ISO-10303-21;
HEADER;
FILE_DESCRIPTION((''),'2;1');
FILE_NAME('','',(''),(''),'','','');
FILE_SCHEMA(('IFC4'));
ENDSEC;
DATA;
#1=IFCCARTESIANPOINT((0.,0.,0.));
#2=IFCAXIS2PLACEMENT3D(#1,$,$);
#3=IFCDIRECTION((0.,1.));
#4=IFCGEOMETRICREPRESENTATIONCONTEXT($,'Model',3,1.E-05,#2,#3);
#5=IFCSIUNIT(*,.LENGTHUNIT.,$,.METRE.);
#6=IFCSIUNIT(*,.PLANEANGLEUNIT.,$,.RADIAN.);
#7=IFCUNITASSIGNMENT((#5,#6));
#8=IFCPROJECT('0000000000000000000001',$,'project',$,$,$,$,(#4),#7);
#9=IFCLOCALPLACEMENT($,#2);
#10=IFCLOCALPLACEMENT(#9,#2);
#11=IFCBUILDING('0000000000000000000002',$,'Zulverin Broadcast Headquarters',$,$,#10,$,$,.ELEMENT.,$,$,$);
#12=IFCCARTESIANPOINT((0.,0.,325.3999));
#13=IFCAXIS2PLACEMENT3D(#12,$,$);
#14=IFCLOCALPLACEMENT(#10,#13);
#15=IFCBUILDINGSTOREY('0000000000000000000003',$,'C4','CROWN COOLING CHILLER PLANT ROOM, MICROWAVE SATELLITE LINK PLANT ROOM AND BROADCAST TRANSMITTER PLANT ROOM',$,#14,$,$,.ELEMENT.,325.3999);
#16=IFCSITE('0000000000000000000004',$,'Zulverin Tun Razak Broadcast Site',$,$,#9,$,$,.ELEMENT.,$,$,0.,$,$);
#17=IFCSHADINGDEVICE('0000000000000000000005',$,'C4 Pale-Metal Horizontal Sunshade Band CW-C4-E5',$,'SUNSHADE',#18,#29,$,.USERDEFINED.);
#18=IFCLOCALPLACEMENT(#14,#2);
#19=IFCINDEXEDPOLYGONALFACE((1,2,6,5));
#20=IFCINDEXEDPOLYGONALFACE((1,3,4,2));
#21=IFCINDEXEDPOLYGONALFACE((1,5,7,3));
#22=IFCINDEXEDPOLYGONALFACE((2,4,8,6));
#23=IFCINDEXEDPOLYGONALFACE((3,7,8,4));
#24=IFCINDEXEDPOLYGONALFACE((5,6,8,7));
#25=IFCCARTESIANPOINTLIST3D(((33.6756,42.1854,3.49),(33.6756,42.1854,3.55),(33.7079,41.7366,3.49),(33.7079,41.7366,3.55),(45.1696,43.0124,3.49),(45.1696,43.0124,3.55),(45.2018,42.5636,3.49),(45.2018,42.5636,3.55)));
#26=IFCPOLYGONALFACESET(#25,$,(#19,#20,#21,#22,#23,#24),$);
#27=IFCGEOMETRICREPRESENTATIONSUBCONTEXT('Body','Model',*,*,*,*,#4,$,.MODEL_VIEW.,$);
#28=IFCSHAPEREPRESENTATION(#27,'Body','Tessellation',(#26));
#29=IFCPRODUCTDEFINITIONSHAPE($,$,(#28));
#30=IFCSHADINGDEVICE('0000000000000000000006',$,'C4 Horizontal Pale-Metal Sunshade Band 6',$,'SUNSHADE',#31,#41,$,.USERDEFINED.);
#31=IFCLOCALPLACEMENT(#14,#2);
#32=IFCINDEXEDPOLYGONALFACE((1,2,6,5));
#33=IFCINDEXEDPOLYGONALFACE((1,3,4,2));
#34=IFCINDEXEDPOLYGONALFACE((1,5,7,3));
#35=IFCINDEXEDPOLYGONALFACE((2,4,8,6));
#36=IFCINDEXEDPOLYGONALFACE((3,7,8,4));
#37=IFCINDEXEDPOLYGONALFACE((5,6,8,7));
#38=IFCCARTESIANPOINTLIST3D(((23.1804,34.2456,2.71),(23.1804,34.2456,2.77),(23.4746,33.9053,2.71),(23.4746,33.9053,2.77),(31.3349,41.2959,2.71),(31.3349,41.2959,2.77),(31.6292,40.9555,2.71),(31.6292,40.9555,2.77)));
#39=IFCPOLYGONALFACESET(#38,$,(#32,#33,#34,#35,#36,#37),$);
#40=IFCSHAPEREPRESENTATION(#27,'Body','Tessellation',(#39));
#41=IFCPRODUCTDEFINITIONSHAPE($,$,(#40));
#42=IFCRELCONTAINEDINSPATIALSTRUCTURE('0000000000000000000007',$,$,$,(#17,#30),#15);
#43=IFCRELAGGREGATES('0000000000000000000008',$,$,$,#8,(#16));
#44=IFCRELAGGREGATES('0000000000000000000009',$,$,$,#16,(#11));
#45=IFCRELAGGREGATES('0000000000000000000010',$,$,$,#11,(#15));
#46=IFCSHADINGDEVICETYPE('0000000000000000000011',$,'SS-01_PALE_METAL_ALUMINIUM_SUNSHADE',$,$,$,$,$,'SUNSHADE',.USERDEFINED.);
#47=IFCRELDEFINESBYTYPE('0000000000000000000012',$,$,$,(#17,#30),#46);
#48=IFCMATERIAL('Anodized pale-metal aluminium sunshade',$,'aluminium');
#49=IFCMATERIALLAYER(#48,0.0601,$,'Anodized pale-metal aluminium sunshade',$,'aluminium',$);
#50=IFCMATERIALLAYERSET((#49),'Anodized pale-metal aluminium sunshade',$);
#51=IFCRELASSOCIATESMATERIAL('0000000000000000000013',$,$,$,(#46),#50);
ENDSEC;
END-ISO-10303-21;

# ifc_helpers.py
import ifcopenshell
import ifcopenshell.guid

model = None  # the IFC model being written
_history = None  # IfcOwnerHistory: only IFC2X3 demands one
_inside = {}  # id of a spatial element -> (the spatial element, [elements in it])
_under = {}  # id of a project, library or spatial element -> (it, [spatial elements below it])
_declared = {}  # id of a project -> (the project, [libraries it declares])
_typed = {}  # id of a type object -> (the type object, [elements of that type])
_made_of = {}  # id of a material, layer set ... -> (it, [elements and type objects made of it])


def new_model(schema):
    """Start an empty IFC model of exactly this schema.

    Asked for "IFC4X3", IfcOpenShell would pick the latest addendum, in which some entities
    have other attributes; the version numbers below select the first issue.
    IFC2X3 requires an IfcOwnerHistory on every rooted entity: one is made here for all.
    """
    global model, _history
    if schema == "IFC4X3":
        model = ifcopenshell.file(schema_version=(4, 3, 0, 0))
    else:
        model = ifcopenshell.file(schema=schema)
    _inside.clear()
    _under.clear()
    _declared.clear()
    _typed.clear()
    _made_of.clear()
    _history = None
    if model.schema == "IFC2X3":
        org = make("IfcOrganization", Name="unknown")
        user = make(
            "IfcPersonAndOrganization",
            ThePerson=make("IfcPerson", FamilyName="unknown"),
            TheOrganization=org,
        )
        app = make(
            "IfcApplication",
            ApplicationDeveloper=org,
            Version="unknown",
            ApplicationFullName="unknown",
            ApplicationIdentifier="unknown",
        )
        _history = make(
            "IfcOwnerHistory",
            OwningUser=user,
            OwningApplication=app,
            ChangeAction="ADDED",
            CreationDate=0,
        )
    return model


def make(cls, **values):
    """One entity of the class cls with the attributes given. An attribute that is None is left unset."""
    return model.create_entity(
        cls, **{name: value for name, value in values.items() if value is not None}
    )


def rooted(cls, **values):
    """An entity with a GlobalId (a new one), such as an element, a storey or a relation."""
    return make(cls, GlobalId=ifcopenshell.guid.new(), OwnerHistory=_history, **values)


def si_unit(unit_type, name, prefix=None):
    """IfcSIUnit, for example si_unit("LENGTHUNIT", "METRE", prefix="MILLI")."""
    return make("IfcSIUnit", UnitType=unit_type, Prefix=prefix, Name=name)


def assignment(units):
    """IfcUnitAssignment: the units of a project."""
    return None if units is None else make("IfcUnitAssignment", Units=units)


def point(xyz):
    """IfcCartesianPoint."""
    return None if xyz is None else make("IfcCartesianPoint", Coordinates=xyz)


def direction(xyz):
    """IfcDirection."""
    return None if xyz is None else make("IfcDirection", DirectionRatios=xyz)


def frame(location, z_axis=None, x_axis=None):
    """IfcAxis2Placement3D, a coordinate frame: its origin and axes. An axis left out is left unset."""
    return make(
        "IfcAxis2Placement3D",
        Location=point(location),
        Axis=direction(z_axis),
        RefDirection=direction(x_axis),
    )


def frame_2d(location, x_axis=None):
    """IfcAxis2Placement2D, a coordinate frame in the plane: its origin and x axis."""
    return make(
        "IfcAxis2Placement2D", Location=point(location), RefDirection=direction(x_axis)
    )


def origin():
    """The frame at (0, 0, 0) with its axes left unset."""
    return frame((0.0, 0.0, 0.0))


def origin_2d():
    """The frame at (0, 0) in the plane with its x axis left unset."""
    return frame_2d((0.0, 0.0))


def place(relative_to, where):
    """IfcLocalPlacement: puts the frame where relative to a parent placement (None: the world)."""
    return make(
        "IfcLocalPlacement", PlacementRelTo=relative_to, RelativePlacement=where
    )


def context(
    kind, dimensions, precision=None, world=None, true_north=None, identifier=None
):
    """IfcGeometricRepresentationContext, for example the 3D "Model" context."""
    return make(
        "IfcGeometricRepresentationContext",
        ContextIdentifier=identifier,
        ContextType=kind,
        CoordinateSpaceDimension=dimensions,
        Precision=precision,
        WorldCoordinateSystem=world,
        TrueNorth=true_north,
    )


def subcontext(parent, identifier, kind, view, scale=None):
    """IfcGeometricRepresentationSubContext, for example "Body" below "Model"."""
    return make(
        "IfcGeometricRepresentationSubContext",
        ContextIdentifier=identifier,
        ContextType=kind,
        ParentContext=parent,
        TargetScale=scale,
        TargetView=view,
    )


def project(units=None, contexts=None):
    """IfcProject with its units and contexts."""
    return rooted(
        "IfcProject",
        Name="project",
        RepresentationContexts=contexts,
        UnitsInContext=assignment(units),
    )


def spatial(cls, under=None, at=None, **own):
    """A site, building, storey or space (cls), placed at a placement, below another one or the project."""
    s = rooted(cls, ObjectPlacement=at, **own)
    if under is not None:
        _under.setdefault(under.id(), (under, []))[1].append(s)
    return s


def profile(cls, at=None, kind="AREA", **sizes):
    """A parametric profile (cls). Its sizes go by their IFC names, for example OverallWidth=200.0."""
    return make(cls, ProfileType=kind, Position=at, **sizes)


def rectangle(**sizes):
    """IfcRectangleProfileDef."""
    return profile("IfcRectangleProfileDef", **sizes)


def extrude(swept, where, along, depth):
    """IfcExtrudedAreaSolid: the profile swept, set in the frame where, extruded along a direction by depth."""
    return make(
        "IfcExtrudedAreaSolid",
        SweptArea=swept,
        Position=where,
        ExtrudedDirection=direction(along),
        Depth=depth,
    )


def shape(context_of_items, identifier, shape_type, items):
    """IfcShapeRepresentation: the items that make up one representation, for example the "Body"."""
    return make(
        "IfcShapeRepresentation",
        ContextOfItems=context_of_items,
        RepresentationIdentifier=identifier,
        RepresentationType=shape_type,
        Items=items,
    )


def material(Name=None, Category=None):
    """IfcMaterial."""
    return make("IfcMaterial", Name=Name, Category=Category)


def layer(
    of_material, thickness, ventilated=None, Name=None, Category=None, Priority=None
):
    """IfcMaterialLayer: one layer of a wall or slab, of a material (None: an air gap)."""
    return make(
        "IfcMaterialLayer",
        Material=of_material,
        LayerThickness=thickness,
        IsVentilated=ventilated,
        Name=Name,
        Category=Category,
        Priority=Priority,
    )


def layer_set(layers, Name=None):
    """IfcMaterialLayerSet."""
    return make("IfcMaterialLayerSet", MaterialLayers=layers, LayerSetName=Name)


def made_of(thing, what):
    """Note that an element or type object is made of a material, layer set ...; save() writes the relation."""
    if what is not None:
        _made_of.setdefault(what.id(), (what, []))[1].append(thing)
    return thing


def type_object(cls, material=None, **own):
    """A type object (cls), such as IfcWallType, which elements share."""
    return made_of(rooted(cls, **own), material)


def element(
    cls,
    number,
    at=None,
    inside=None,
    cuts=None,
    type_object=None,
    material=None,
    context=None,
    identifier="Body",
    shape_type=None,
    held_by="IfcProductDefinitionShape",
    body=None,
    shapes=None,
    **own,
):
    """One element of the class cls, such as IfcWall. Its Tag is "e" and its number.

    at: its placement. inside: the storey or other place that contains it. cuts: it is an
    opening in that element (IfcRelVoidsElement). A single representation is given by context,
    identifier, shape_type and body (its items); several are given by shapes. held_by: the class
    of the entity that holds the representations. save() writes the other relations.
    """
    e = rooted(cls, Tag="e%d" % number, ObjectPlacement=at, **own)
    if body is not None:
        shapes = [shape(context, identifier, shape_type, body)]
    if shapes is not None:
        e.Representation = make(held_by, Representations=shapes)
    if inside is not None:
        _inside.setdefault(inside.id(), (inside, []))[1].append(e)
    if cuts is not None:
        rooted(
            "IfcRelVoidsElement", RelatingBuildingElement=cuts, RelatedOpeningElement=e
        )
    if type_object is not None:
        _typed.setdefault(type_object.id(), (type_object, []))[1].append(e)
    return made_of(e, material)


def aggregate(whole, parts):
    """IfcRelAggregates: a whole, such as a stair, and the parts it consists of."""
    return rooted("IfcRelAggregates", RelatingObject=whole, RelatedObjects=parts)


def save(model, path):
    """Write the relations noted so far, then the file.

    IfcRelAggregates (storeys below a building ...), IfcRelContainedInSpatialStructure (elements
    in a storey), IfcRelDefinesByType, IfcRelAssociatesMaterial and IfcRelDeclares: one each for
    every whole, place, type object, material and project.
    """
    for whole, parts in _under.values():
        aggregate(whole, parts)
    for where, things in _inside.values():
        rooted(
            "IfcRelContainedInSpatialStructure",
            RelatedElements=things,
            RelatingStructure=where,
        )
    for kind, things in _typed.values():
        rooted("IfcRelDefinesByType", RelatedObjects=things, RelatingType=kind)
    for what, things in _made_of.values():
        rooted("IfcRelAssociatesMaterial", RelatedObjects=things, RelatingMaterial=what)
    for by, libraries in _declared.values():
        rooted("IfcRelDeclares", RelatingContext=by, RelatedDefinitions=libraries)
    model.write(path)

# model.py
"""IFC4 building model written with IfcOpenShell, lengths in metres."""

from ifc_helpers import new_model, si_unit, direction, frame, origin, origin_2d, place, context, subcontext, project, spatial, rectangle, extrude, material, layer, layer_set, type_object, element, save


model = new_model("IFC4")

# Units and contexts
model_context = context("Model", 3, precision=1e-05, world=origin(), true_north=direction((0.0, 1.0)))
body_context = subcontext(model_context, "Body", "Model", "MODEL_VIEW")
ifc_project = project(units=[si_unit("LENGTHUNIT", "METRE"), si_unit("PLANEANGLEUNIT", "RADIAN")], contexts=[model_context])

# Site, building, storey
site_placement = place(None, origin())
site = spatial("IfcSite", under=ifc_project, at=site_placement, Name="Zulverin Tun Razak Broadcast Site", CompositionType="ELEMENT", RefElevation=0.0)
building_placement = place(site_placement, origin())
building = spatial("IfcBuilding", under=site, at=building_placement, Name="Zulverin Broadcast Headquarters", CompositionType="ELEMENT")
storey_placement = place(building_placement, frame((0.0, 0.0, 325.3999)))
storey = spatial("IfcBuildingStorey", under=building, at=storey_placement, Name="C4", Description="CROWN COOLING CHILLER PLANT ROOM, MICROWAVE SATELLITE LINK PLANT ROOM AND BROADCAST TRANSMITTER PLANT ROOM", CompositionType="ELEMENT", Elevation=325.3999)

# Shading devices
ifc_material_1 = material(Name="Anodized pale-metal aluminium sunshade", Category="aluminium")
ifc_layer_1 = layer(ifc_material_1, 0.0601, Name="Anodized pale-metal aluminium sunshade", Category="aluminium")
ifc_layer_set_1 = layer_set([ifc_layer_1], Name="Anodized pale-metal aluminium sunshade")
shading_device_type_1 = type_object("IfcShadingDeviceType", Name="SS-01_PALE_METAL_ALUMINIUM_SUNSHADE", ElementType="SUNSHADE", PredefinedType="USERDEFINED", material=ifc_layer_set_1)
shading_device_1_placement = place(storey_placement, frame((39.4387, 42.3745, 3.49), z_axis=(0.0, 0.0, 1.0), x_axis=(-0.997421, -0.071771, 0.0)))
element("IfcShadingDevice", 1, at=shading_device_1_placement, inside=storey, type_object=shading_device_type_1, Name="C4 Pale-Metal Horizontal Sunshade Band CW-C4-E5", ObjectType="SUNSHADE", PredefinedType="USERDEFINED", context=body_context, shape_type="SweptSolid", body=[
    extrude(rectangle(XDim=11.5237, YDim=0.45, at=origin_2d()), origin(), (0.0, 0.0, 1.0), 0.0601),
])
shading_device_2_placement = place(storey_placement, frame((27.4048, 37.6006, 2.71), z_axis=(0.0, 0.0, 1.0), x_axis=(-0.75647, -0.654028, 0.0)))
element("IfcShadingDevice", 2, at=shading_device_2_placement, inside=storey, type_object=shading_device_type_1, Name="C4 Horizontal Pale-Metal Sunshade Band 6", ObjectType="SUNSHADE", PredefinedType="USERDEFINED", context=body_context, shape_type="SweptSolid", body=[
    extrude(rectangle(XDim=10.7798, YDim=0.45, at=origin_2d()), origin(), (0.0, 0.0, 1.0), 0.0601),
])

save(model, "model.ifc")
